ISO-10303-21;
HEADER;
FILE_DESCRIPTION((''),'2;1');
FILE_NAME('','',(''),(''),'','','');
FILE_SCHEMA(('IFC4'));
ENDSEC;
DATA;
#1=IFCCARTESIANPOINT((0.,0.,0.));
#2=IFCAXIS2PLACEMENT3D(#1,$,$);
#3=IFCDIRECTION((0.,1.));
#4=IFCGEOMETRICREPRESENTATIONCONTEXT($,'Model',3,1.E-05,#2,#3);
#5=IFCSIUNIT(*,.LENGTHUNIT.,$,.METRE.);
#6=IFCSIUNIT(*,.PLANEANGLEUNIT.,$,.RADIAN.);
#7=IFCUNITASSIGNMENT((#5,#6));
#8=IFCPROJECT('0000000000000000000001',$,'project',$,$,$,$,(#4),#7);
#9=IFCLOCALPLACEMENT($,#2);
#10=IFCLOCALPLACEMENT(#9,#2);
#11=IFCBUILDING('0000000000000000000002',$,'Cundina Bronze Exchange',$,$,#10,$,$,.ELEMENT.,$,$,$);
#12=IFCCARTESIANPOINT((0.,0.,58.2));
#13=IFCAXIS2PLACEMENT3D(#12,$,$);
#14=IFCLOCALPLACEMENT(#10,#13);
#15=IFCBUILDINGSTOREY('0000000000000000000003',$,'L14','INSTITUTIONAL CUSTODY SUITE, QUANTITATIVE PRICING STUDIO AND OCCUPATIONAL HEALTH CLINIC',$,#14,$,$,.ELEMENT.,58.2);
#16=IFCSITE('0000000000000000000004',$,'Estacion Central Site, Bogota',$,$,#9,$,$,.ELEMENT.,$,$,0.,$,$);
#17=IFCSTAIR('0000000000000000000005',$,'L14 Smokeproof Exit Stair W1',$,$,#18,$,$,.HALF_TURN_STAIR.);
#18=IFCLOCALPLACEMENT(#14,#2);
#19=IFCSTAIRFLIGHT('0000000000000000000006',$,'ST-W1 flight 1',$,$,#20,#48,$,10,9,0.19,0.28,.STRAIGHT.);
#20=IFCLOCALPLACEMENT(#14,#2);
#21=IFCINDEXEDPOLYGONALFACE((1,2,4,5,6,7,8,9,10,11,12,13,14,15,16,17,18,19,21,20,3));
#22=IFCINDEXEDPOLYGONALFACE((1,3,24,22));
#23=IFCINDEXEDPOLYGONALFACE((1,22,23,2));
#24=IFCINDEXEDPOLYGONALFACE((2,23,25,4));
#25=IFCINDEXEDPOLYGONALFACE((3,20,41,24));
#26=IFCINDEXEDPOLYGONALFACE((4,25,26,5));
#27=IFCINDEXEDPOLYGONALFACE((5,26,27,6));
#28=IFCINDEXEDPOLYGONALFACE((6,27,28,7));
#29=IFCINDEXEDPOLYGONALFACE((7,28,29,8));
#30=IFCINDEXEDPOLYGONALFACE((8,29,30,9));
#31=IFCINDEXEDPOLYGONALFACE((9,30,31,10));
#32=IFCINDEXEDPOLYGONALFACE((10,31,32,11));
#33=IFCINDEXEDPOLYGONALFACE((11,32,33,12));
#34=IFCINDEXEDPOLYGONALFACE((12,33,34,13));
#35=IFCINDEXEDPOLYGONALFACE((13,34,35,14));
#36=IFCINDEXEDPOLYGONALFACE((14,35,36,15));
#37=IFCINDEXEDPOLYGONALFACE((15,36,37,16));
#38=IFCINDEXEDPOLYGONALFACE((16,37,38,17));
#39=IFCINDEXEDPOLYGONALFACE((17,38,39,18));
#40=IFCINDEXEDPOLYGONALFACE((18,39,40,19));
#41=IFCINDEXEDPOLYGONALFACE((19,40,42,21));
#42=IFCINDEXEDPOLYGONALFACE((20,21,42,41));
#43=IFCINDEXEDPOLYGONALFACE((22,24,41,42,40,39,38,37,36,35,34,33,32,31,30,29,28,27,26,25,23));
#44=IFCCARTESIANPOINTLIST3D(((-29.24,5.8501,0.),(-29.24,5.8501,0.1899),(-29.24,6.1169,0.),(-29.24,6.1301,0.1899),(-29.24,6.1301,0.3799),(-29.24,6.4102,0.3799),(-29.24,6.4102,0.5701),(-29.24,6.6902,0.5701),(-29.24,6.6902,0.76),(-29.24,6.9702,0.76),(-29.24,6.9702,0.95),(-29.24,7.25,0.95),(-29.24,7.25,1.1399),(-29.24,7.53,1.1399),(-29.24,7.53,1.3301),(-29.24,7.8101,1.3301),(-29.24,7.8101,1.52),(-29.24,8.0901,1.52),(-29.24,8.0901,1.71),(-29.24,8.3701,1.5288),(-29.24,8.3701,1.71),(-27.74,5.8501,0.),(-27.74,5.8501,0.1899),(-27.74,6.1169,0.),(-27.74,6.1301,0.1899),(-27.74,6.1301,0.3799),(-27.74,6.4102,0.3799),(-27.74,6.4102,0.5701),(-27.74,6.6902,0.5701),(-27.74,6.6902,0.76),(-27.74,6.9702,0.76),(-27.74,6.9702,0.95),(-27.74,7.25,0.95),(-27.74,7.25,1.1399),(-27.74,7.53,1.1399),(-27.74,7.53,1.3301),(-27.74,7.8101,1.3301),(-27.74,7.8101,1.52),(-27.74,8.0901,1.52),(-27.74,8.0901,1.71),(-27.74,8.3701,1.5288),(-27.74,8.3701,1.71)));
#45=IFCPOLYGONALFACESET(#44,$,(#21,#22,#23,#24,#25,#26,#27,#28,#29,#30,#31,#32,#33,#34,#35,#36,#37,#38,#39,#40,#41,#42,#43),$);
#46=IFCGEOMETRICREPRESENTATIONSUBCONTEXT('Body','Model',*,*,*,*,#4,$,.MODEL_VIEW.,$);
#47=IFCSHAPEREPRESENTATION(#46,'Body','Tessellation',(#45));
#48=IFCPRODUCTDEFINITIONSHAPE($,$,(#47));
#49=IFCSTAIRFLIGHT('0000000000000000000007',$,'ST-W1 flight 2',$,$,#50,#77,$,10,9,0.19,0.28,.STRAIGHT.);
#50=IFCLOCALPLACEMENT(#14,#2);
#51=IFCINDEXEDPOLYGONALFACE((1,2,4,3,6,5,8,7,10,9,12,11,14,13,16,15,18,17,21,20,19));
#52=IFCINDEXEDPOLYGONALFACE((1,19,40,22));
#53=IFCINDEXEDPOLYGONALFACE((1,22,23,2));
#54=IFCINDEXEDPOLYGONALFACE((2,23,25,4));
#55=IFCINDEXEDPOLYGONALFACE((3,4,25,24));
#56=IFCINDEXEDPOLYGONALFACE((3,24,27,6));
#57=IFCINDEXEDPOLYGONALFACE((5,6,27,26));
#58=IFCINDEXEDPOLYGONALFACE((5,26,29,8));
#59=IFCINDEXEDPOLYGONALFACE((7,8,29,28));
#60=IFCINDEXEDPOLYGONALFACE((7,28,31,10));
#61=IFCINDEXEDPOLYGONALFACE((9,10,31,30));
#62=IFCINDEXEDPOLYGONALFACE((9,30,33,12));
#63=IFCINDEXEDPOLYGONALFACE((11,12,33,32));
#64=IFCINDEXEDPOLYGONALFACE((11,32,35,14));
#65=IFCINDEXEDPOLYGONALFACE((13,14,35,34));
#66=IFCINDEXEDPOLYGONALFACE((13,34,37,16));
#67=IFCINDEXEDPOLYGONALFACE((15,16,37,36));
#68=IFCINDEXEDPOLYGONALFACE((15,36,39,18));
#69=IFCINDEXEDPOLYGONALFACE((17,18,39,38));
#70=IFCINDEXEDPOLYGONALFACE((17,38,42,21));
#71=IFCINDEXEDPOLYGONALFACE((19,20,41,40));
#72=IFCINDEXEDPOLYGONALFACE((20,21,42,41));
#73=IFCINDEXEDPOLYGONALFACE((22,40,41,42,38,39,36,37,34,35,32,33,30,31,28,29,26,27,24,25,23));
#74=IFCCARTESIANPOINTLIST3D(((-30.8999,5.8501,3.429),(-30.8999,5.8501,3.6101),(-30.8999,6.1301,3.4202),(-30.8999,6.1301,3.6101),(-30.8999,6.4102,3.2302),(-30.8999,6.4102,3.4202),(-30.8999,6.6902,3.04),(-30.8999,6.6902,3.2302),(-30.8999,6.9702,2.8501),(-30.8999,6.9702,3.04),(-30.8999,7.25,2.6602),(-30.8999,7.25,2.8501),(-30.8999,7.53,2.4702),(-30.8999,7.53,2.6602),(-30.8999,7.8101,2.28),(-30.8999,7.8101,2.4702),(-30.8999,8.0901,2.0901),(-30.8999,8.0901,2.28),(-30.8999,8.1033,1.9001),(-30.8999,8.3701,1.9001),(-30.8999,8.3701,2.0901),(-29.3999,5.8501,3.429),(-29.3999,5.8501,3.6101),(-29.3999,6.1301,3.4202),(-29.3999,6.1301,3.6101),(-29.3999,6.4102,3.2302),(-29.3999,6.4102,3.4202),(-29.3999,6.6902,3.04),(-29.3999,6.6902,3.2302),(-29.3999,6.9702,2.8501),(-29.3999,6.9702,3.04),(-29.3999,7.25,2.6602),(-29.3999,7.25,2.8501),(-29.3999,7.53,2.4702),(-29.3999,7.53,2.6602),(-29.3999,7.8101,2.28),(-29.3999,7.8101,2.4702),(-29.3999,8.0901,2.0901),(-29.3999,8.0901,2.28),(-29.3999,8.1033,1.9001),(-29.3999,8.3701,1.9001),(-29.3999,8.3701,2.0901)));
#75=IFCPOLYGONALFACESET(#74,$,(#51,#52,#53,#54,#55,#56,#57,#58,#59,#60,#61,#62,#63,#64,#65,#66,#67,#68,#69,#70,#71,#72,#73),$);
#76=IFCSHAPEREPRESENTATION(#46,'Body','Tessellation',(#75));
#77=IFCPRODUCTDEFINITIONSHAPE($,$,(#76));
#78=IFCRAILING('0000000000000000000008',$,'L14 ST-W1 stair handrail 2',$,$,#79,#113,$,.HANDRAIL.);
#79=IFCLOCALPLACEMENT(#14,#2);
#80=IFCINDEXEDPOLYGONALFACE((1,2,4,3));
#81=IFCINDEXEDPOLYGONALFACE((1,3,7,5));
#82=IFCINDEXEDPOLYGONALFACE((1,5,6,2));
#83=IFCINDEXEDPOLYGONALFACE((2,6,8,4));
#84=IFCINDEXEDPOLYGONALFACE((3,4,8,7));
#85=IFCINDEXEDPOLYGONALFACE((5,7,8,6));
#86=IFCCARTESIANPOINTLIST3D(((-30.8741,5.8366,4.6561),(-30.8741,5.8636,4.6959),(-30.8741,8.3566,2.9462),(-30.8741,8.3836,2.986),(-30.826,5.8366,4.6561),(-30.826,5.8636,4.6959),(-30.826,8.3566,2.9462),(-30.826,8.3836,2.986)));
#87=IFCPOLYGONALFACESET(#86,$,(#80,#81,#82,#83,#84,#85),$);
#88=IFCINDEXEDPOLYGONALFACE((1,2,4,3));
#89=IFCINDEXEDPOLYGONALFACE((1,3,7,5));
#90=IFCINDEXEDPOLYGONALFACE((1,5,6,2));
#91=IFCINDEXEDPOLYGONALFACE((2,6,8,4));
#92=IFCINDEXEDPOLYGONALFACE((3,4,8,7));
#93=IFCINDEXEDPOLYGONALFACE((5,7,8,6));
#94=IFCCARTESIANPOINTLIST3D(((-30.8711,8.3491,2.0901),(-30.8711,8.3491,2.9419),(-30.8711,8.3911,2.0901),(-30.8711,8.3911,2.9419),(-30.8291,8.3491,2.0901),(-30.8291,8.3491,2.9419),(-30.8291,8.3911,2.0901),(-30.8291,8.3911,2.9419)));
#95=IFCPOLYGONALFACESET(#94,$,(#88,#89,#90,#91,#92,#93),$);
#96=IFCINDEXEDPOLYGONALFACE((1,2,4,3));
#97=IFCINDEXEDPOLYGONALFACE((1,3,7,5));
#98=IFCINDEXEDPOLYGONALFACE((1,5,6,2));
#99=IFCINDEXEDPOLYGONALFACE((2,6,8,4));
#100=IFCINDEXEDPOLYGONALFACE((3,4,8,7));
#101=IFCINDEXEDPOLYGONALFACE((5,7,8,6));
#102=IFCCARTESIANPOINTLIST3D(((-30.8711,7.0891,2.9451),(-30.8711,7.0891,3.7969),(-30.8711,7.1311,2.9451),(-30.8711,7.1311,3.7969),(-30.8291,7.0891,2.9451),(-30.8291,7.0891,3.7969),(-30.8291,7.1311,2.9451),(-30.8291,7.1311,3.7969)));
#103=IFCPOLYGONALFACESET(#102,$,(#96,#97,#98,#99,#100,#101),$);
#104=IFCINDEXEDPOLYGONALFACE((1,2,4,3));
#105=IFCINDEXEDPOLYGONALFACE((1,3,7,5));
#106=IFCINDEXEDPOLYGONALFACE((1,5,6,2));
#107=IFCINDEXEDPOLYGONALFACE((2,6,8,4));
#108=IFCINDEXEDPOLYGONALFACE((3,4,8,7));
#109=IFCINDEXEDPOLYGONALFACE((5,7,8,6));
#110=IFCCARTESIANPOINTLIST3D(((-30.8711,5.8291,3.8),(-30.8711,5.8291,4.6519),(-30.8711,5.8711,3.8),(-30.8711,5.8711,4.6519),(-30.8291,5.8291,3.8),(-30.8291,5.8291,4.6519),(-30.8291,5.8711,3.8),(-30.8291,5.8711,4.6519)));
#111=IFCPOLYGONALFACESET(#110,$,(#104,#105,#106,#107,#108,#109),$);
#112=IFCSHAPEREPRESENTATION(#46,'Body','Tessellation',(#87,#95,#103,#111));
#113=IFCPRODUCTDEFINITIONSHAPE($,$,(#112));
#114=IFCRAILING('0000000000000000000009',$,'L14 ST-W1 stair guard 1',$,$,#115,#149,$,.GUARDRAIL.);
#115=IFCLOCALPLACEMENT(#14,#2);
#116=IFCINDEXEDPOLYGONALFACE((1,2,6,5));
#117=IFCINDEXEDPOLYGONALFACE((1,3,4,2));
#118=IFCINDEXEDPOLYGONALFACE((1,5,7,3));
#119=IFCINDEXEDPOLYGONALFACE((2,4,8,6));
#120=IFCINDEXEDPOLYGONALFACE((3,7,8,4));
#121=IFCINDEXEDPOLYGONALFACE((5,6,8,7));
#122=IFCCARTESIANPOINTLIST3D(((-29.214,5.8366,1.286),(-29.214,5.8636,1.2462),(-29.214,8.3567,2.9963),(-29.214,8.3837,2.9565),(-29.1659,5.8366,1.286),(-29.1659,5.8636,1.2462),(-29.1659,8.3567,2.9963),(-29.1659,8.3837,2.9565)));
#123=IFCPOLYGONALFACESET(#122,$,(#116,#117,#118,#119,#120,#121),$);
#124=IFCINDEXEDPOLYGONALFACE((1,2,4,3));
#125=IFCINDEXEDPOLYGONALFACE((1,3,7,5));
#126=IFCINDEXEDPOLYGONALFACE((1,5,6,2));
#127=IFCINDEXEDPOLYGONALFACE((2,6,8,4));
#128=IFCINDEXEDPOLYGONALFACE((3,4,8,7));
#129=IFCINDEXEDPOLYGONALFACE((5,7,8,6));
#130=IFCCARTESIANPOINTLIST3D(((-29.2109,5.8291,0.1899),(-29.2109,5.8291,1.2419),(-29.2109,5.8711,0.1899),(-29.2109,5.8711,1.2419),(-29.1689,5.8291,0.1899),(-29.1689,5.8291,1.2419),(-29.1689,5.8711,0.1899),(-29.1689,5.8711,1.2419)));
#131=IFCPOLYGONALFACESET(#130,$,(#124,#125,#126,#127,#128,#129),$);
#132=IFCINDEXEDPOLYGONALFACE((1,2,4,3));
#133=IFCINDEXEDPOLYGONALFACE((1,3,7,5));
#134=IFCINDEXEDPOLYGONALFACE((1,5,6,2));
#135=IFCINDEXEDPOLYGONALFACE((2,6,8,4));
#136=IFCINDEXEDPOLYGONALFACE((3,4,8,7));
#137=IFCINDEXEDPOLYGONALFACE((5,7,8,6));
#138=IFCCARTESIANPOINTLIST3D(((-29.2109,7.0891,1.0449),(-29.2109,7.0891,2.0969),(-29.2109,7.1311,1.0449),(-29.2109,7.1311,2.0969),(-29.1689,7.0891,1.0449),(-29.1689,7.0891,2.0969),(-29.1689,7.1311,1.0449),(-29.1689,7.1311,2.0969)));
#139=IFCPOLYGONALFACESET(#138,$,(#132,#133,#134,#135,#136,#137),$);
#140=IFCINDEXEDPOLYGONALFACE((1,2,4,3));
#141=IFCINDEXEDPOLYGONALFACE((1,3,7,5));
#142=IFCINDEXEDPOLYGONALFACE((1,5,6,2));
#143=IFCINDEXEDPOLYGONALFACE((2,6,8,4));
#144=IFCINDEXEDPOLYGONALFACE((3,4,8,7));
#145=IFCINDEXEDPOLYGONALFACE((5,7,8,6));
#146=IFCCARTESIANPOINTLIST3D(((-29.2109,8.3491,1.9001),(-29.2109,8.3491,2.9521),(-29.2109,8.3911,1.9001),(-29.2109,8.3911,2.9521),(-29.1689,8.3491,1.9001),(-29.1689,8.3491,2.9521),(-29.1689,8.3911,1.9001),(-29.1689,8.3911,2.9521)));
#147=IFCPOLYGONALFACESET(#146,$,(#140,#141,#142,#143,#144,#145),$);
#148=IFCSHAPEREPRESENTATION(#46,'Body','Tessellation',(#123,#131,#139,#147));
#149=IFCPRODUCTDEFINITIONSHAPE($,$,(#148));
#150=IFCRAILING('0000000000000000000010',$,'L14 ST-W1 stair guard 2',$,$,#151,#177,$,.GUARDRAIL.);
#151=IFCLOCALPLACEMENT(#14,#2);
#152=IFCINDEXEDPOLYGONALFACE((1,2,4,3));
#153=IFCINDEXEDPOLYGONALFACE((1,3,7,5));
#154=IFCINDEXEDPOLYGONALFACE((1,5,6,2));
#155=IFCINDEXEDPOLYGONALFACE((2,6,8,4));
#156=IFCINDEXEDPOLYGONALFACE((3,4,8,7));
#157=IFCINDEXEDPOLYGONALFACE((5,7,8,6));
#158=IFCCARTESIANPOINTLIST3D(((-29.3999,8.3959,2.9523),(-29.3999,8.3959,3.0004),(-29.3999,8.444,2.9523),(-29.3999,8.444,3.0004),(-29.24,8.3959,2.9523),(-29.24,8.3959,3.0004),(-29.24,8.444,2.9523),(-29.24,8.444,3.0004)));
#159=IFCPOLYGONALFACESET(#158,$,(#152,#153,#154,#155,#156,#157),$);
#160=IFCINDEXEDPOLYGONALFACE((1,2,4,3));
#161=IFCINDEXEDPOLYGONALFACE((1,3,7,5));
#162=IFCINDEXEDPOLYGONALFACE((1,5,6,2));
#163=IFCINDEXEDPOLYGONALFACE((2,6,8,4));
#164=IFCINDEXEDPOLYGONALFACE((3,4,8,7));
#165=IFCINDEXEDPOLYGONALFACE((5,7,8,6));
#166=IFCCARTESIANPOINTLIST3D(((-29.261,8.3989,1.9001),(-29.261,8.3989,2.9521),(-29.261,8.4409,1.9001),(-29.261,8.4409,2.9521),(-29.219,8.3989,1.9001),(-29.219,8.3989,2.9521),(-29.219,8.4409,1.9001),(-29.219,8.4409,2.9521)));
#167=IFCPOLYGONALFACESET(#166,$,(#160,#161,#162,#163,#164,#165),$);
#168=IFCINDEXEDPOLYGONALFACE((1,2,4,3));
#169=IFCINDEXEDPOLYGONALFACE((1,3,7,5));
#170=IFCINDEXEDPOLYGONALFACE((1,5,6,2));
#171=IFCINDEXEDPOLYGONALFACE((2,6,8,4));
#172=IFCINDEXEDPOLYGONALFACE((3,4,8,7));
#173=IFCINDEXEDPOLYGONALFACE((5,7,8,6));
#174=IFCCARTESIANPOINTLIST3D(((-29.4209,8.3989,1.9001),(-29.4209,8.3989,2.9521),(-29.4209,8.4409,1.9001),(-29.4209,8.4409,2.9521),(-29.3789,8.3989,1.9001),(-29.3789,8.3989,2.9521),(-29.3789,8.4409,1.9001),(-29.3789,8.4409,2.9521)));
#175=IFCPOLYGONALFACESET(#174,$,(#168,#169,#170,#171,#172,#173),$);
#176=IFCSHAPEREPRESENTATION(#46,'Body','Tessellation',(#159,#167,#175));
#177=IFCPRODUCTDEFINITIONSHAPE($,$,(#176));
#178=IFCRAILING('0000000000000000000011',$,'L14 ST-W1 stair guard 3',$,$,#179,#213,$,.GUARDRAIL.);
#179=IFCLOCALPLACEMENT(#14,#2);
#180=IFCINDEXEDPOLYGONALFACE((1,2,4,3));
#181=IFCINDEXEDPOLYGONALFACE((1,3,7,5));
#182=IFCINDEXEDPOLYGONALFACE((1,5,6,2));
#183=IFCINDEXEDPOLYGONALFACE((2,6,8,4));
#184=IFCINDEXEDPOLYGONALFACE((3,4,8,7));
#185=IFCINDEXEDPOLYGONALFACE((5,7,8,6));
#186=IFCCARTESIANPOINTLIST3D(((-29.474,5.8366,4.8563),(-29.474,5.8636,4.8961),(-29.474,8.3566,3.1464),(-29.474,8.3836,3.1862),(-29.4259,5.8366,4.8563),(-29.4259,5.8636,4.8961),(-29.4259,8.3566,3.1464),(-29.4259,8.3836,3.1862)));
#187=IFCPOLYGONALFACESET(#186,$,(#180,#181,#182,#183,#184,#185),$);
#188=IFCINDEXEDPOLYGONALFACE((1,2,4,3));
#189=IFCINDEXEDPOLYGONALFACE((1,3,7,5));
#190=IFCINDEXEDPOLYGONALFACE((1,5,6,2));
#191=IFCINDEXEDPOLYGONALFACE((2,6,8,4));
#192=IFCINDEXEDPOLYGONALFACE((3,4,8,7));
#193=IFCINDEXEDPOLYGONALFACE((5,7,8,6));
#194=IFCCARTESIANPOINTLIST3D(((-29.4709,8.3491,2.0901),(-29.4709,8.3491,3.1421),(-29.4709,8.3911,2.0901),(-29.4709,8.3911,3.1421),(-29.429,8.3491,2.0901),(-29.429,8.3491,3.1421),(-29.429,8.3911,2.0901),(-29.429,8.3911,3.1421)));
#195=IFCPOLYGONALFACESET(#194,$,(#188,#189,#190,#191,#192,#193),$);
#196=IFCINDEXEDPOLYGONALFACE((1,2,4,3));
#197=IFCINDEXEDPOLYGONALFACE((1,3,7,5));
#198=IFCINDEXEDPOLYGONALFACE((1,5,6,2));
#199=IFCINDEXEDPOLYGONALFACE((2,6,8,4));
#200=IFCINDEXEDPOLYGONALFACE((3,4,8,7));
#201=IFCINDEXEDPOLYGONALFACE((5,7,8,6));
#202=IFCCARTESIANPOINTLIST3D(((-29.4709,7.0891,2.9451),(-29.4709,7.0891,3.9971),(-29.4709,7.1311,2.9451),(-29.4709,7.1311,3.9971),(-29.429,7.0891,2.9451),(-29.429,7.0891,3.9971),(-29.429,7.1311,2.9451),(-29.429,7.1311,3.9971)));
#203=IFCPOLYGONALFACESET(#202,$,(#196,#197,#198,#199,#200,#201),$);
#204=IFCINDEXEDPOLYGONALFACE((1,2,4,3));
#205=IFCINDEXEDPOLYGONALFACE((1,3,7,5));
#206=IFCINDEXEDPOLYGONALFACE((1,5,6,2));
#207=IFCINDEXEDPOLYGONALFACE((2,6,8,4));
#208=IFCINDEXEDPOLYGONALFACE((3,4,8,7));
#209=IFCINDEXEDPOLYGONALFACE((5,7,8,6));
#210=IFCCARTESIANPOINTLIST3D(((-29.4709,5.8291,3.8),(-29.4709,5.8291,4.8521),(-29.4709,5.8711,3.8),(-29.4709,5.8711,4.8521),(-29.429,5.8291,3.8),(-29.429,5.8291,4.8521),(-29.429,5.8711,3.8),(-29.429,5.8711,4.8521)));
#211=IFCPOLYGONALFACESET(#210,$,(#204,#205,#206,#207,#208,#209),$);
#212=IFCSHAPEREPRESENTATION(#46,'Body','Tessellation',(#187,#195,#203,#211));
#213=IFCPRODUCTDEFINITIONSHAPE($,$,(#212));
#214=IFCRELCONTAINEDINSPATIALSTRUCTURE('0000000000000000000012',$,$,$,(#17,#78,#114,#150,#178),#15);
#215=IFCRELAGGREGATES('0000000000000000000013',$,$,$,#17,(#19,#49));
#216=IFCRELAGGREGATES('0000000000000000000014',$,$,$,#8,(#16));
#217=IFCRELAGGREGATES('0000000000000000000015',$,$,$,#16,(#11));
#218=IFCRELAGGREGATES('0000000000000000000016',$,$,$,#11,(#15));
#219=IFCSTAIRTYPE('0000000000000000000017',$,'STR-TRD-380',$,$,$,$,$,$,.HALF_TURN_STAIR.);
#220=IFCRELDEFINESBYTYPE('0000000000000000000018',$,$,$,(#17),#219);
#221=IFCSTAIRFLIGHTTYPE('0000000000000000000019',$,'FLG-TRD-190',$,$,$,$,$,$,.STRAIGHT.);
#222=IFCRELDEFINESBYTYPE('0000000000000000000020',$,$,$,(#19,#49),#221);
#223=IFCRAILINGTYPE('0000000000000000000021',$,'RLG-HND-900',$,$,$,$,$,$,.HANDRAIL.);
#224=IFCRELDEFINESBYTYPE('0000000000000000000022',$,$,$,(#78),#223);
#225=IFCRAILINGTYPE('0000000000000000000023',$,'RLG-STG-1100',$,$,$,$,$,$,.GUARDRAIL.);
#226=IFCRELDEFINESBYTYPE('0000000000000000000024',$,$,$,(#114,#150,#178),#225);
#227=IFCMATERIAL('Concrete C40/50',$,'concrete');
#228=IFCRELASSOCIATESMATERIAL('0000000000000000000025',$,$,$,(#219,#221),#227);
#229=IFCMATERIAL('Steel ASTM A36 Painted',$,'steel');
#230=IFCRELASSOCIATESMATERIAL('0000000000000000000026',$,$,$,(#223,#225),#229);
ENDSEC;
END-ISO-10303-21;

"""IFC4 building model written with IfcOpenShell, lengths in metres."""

from ifc_helpers import new_model, si_unit, direction, frame, origin, origin_2d, place, context, subcontext, project, spatial, polyline, rectangle, outline, extrude, material, type_object, element, aggregate, save


model = new_model("IFC4")

# Units and contexts
model_context = context("Model", 3, precision=1e-05, world=origin(), true_north=direction((0.0, 1.0)))
body_context = subcontext(model_context, "Body", "Model", "MODEL_VIEW")
ifc_project = project(units=[si_unit("LENGTHUNIT", "METRE"), si_unit("PLANEANGLEUNIT", "RADIAN")], contexts=[model_context])

# Site, building, storey
site_placement = place(None, origin())
site = spatial("IfcSite", under=ifc_project, at=site_placement, Name="Estacion Central Site, Bogota", CompositionType="ELEMENT", RefElevation=0.0)
building_placement = place(site_placement, origin())
building = spatial("IfcBuilding", under=site, at=building_placement, Name="Cundina Bronze Exchange", CompositionType="ELEMENT")
storey_placement = place(building_placement, frame((0.0, 0.0, 58.2)))
storey = spatial("IfcBuildingStorey", under=building, at=storey_placement, Name="L14", Description="INSTITUTIONAL CUSTODY SUITE, QUANTITATIVE PRICING STUDIO AND OCCUPATIONAL HEALTH CLINIC", CompositionType="ELEMENT", Elevation=58.2)

# Shared definitions
ifc_material_1 = material(Name="Steel ASTM A36 Painted", Category="steel")

# Stair, stair flights
ifc_material_2 = material(Name="Concrete C40/50", Category="concrete")
stair_type = type_object("IfcStairType", Name="STR-TRD-380", PredefinedType="HALF_TURN_STAIR", material=ifc_material_2)
stair_placement = place(storey_placement, origin())
stair = element("IfcStair", 1, at=stair_placement, inside=storey, type_object=stair_type, Name="L14 Smokeproof Exit Stair W1", PredefinedType="HALF_TURN_STAIR")
stair_flight_type = type_object("IfcStairFlightType", Name="FLG-TRD-190", PredefinedType="STRAIGHT", material=ifc_material_2)
stair_flight_1_placement = place(storey_placement, frame((-28.49, 5.8501, 0.0), z_axis=(0.0, 0.0, 1.0), x_axis=(0.0, 1.0, 0.0)))
stair_flight_1 = element("IfcStairFlight", 2, at=stair_flight_1_placement, type_object=stair_flight_type, Name="ST-W1 flight 1", NumberOfRisers=10, NumberOfTreads=9, PredefinedType="STRAIGHT", RiserHeight=0.19, TreadLength=0.28, context=body_context, shape_type="SweptSolid", body=[
    extrude(outline(polyline([(0.0, 0.0), (0.0, 0.1899), (0.28, 0.1899), (0.28, 0.3799), (0.5601, 0.3799), (0.5601, 0.5701), (0.8401, 0.5701), (0.8401, 0.76), (1.1201, 0.76), (1.1201, 0.95), (1.3999, 0.95), (1.3999, 1.1399), (1.6799, 1.1399), (1.6799, 1.3301), (1.96, 1.3301), (1.96, 1.52), (2.24, 1.52), (2.24, 1.71), (2.52, 1.71), (2.52, 1.8999), (2.52, 1.5288), (0.2668, 0.0), (0.0, 0.0)])), frame((0.0, 0.75, 0.0), z_axis=(0.0, -1.0, 0.0), x_axis=(1.0, 0.0, 0.0)), (0.0, 0.0, 1.0), 1.5),
])
stair_flight_2_placement = place(storey_placement, frame((-30.1499, 8.3701, 1.9001), z_axis=(0.0, 0.0, 1.0), x_axis=(0.0, -1.0, 0.0)))
stair_flight_2 = element("IfcStairFlight", 3, at=stair_flight_2_placement, type_object=stair_flight_type, Name="ST-W1 flight 2", NumberOfRisers=10, NumberOfTreads=9, PredefinedType="STRAIGHT", RiserHeight=0.19, TreadLength=0.28, context=body_context, shape_type="SweptSolid", body=[
    extrude(outline(polyline([(0.0, 0.0), (0.0, 0.1899), (0.28, 0.1899), (0.28, 0.3799), (0.5601, 0.3799), (0.5601, 0.5701), (0.8401, 0.5701), (0.8401, 0.76), (1.1201, 0.76), (1.1201, 0.95), (1.3999, 0.95), (1.3999, 1.1399), (1.6799, 1.1399), (1.6799, 1.3301), (1.96, 1.3301), (1.96, 1.52), (2.24, 1.52), (2.24, 1.71), (2.52, 1.71), (2.52, 1.8999), (2.52, 1.5288), (0.2668, 0.0), (0.0, 0.0)])), frame((0.0, 0.75, 0.0), z_axis=(0.0, -1.0, 0.0), x_axis=(1.0, 0.0, 0.0)), (0.0, 0.0, 1.0), 1.5),
])
aggregate(stair, [stair_flight_1, stair_flight_2])

# Railings
railing_type_1 = type_object("IfcRailingType", Name="RLG-HND-900", PredefinedType="HANDRAIL", material=ifc_material_1)
railing_1_placement = place(storey_placement, frame((-30.8501, 8.3701, 2.0901)))
element("IfcRailing", 4, at=railing_1_placement, inside=storey, type_object=railing_type_1, Name="L14 ST-W1 stair handrail 2", PredefinedType="HANDRAIL", context=body_context, shape_type="SweptSolid", body=[
    extrude(rectangle(XDim=0.0481, YDim=0.0481, at=origin_2d()), frame((0.0, 0.0, 0.876), z_axis=(0.0, -0.827484, 0.56149), x_axis=(1.0, 0.0, 0.0)), (0.0, 0.0, 1.0), 3.0454),
    extrude(rectangle(XDim=0.042, YDim=0.042, at=origin_2d()), origin(), (0.0, 0.0, 1.0), 0.8518),
    extrude(rectangle(XDim=0.042, YDim=0.042, at=origin_2d()), frame((0.0, -1.26, 0.855)), (0.0, 0.0, 1.0), 0.8518),
    extrude(rectangle(XDim=0.042, YDim=0.042, at=origin_2d()), frame((0.0, -2.52, 1.71)), (0.0, 0.0, 1.0), 0.8518),
])
railing_type_2 = type_object("IfcRailingType", Name="RLG-STG-1100", PredefinedType="GUARDRAIL", material=ifc_material_1)
railing_2_placement = place(storey_placement, frame((-29.1899, 5.8501, 0.1899)))
element("IfcRailing", 5, at=railing_2_placement, inside=storey, type_object=railing_type_2, Name="L14 ST-W1 stair guard 1", PredefinedType="GUARDRAIL", context=body_context, shape_type="SweptSolid", body=[
    extrude(rectangle(XDim=0.0481, YDim=0.0481, at=origin_2d()), frame((0.0, 0.0, 1.0762), z_axis=(0.0, 0.827447, 0.561545), x_axis=(-1.0, 0.0, 0.0)), (0.0, 0.0, 1.0), 3.0457),
    extrude(rectangle(XDim=0.042, YDim=0.042, at=origin_2d()), origin(), (0.0, 0.0, 1.0), 1.052),
    extrude(rectangle(XDim=0.042, YDim=0.042, at=origin_2d()), frame((0.0, 1.26, 0.855)), (0.0, 0.0, 1.0), 1.052),
    extrude(rectangle(XDim=0.042, YDim=0.042, at=origin_2d()), frame((0.0, 2.52, 1.7102)), (0.0, 0.0, 1.0), 1.052),
])
railing_3_placement = place(storey_placement, frame((-29.24, 8.4199, 1.9001)))
element("IfcRailing", 6, at=railing_3_placement, inside=storey, type_object=railing_type_2, Name="L14 ST-W1 stair guard 2", PredefinedType="GUARDRAIL", context=body_context, shape_type="SweptSolid", body=[
    extrude(rectangle(XDim=0.0481, YDim=0.0481, at=origin_2d()), frame((0.0, 0.0, 1.0762), z_axis=(-1.0, 0.0, 0.0), x_axis=(0.0, -1.0, 0.0)), (0.0, 0.0, 1.0), 0.1599),
    extrude(rectangle(XDim=0.042, YDim=0.042, at=origin_2d()), origin(), (0.0, 0.0, 1.0), 1.052),
    extrude(rectangle(XDim=0.042, YDim=0.042, at=origin_2d()), frame((-0.1599, 0.0, 0.0)), (0.0, 0.0, 1.0), 1.052),
])
railing_4_placement = place(storey_placement, frame((-29.45, 8.3701, 2.0901)))
element("IfcRailing", 7, at=railing_4_placement, inside=storey, type_object=railing_type_2, Name="L14 ST-W1 stair guard 3", PredefinedType="GUARDRAIL", context=body_context, shape_type="SweptSolid", body=[
    extrude(rectangle(XDim=0.0481, YDim=0.0481, at=origin_2d()), frame((0.0, 0.0, 1.0762), z_axis=(0.0, -0.827484, 0.56149), x_axis=(1.0, 0.0, 0.0)), (0.0, 0.0, 1.0), 3.0454),
    extrude(rectangle(XDim=0.042, YDim=0.042, at=origin_2d()), origin(), (0.0, 0.0, 1.0), 1.052),
    extrude(rectangle(XDim=0.042, YDim=0.042, at=origin_2d()), frame((0.0, -1.26, 0.855)), (0.0, 0.0, 1.0), 1.052),
    extrude(rectangle(XDim=0.042, YDim=0.042, at=origin_2d()), frame((0.0, -2.52, 1.71)), (0.0, 0.0, 1.0), 1.052),
])

save(model, "model.ifc")
